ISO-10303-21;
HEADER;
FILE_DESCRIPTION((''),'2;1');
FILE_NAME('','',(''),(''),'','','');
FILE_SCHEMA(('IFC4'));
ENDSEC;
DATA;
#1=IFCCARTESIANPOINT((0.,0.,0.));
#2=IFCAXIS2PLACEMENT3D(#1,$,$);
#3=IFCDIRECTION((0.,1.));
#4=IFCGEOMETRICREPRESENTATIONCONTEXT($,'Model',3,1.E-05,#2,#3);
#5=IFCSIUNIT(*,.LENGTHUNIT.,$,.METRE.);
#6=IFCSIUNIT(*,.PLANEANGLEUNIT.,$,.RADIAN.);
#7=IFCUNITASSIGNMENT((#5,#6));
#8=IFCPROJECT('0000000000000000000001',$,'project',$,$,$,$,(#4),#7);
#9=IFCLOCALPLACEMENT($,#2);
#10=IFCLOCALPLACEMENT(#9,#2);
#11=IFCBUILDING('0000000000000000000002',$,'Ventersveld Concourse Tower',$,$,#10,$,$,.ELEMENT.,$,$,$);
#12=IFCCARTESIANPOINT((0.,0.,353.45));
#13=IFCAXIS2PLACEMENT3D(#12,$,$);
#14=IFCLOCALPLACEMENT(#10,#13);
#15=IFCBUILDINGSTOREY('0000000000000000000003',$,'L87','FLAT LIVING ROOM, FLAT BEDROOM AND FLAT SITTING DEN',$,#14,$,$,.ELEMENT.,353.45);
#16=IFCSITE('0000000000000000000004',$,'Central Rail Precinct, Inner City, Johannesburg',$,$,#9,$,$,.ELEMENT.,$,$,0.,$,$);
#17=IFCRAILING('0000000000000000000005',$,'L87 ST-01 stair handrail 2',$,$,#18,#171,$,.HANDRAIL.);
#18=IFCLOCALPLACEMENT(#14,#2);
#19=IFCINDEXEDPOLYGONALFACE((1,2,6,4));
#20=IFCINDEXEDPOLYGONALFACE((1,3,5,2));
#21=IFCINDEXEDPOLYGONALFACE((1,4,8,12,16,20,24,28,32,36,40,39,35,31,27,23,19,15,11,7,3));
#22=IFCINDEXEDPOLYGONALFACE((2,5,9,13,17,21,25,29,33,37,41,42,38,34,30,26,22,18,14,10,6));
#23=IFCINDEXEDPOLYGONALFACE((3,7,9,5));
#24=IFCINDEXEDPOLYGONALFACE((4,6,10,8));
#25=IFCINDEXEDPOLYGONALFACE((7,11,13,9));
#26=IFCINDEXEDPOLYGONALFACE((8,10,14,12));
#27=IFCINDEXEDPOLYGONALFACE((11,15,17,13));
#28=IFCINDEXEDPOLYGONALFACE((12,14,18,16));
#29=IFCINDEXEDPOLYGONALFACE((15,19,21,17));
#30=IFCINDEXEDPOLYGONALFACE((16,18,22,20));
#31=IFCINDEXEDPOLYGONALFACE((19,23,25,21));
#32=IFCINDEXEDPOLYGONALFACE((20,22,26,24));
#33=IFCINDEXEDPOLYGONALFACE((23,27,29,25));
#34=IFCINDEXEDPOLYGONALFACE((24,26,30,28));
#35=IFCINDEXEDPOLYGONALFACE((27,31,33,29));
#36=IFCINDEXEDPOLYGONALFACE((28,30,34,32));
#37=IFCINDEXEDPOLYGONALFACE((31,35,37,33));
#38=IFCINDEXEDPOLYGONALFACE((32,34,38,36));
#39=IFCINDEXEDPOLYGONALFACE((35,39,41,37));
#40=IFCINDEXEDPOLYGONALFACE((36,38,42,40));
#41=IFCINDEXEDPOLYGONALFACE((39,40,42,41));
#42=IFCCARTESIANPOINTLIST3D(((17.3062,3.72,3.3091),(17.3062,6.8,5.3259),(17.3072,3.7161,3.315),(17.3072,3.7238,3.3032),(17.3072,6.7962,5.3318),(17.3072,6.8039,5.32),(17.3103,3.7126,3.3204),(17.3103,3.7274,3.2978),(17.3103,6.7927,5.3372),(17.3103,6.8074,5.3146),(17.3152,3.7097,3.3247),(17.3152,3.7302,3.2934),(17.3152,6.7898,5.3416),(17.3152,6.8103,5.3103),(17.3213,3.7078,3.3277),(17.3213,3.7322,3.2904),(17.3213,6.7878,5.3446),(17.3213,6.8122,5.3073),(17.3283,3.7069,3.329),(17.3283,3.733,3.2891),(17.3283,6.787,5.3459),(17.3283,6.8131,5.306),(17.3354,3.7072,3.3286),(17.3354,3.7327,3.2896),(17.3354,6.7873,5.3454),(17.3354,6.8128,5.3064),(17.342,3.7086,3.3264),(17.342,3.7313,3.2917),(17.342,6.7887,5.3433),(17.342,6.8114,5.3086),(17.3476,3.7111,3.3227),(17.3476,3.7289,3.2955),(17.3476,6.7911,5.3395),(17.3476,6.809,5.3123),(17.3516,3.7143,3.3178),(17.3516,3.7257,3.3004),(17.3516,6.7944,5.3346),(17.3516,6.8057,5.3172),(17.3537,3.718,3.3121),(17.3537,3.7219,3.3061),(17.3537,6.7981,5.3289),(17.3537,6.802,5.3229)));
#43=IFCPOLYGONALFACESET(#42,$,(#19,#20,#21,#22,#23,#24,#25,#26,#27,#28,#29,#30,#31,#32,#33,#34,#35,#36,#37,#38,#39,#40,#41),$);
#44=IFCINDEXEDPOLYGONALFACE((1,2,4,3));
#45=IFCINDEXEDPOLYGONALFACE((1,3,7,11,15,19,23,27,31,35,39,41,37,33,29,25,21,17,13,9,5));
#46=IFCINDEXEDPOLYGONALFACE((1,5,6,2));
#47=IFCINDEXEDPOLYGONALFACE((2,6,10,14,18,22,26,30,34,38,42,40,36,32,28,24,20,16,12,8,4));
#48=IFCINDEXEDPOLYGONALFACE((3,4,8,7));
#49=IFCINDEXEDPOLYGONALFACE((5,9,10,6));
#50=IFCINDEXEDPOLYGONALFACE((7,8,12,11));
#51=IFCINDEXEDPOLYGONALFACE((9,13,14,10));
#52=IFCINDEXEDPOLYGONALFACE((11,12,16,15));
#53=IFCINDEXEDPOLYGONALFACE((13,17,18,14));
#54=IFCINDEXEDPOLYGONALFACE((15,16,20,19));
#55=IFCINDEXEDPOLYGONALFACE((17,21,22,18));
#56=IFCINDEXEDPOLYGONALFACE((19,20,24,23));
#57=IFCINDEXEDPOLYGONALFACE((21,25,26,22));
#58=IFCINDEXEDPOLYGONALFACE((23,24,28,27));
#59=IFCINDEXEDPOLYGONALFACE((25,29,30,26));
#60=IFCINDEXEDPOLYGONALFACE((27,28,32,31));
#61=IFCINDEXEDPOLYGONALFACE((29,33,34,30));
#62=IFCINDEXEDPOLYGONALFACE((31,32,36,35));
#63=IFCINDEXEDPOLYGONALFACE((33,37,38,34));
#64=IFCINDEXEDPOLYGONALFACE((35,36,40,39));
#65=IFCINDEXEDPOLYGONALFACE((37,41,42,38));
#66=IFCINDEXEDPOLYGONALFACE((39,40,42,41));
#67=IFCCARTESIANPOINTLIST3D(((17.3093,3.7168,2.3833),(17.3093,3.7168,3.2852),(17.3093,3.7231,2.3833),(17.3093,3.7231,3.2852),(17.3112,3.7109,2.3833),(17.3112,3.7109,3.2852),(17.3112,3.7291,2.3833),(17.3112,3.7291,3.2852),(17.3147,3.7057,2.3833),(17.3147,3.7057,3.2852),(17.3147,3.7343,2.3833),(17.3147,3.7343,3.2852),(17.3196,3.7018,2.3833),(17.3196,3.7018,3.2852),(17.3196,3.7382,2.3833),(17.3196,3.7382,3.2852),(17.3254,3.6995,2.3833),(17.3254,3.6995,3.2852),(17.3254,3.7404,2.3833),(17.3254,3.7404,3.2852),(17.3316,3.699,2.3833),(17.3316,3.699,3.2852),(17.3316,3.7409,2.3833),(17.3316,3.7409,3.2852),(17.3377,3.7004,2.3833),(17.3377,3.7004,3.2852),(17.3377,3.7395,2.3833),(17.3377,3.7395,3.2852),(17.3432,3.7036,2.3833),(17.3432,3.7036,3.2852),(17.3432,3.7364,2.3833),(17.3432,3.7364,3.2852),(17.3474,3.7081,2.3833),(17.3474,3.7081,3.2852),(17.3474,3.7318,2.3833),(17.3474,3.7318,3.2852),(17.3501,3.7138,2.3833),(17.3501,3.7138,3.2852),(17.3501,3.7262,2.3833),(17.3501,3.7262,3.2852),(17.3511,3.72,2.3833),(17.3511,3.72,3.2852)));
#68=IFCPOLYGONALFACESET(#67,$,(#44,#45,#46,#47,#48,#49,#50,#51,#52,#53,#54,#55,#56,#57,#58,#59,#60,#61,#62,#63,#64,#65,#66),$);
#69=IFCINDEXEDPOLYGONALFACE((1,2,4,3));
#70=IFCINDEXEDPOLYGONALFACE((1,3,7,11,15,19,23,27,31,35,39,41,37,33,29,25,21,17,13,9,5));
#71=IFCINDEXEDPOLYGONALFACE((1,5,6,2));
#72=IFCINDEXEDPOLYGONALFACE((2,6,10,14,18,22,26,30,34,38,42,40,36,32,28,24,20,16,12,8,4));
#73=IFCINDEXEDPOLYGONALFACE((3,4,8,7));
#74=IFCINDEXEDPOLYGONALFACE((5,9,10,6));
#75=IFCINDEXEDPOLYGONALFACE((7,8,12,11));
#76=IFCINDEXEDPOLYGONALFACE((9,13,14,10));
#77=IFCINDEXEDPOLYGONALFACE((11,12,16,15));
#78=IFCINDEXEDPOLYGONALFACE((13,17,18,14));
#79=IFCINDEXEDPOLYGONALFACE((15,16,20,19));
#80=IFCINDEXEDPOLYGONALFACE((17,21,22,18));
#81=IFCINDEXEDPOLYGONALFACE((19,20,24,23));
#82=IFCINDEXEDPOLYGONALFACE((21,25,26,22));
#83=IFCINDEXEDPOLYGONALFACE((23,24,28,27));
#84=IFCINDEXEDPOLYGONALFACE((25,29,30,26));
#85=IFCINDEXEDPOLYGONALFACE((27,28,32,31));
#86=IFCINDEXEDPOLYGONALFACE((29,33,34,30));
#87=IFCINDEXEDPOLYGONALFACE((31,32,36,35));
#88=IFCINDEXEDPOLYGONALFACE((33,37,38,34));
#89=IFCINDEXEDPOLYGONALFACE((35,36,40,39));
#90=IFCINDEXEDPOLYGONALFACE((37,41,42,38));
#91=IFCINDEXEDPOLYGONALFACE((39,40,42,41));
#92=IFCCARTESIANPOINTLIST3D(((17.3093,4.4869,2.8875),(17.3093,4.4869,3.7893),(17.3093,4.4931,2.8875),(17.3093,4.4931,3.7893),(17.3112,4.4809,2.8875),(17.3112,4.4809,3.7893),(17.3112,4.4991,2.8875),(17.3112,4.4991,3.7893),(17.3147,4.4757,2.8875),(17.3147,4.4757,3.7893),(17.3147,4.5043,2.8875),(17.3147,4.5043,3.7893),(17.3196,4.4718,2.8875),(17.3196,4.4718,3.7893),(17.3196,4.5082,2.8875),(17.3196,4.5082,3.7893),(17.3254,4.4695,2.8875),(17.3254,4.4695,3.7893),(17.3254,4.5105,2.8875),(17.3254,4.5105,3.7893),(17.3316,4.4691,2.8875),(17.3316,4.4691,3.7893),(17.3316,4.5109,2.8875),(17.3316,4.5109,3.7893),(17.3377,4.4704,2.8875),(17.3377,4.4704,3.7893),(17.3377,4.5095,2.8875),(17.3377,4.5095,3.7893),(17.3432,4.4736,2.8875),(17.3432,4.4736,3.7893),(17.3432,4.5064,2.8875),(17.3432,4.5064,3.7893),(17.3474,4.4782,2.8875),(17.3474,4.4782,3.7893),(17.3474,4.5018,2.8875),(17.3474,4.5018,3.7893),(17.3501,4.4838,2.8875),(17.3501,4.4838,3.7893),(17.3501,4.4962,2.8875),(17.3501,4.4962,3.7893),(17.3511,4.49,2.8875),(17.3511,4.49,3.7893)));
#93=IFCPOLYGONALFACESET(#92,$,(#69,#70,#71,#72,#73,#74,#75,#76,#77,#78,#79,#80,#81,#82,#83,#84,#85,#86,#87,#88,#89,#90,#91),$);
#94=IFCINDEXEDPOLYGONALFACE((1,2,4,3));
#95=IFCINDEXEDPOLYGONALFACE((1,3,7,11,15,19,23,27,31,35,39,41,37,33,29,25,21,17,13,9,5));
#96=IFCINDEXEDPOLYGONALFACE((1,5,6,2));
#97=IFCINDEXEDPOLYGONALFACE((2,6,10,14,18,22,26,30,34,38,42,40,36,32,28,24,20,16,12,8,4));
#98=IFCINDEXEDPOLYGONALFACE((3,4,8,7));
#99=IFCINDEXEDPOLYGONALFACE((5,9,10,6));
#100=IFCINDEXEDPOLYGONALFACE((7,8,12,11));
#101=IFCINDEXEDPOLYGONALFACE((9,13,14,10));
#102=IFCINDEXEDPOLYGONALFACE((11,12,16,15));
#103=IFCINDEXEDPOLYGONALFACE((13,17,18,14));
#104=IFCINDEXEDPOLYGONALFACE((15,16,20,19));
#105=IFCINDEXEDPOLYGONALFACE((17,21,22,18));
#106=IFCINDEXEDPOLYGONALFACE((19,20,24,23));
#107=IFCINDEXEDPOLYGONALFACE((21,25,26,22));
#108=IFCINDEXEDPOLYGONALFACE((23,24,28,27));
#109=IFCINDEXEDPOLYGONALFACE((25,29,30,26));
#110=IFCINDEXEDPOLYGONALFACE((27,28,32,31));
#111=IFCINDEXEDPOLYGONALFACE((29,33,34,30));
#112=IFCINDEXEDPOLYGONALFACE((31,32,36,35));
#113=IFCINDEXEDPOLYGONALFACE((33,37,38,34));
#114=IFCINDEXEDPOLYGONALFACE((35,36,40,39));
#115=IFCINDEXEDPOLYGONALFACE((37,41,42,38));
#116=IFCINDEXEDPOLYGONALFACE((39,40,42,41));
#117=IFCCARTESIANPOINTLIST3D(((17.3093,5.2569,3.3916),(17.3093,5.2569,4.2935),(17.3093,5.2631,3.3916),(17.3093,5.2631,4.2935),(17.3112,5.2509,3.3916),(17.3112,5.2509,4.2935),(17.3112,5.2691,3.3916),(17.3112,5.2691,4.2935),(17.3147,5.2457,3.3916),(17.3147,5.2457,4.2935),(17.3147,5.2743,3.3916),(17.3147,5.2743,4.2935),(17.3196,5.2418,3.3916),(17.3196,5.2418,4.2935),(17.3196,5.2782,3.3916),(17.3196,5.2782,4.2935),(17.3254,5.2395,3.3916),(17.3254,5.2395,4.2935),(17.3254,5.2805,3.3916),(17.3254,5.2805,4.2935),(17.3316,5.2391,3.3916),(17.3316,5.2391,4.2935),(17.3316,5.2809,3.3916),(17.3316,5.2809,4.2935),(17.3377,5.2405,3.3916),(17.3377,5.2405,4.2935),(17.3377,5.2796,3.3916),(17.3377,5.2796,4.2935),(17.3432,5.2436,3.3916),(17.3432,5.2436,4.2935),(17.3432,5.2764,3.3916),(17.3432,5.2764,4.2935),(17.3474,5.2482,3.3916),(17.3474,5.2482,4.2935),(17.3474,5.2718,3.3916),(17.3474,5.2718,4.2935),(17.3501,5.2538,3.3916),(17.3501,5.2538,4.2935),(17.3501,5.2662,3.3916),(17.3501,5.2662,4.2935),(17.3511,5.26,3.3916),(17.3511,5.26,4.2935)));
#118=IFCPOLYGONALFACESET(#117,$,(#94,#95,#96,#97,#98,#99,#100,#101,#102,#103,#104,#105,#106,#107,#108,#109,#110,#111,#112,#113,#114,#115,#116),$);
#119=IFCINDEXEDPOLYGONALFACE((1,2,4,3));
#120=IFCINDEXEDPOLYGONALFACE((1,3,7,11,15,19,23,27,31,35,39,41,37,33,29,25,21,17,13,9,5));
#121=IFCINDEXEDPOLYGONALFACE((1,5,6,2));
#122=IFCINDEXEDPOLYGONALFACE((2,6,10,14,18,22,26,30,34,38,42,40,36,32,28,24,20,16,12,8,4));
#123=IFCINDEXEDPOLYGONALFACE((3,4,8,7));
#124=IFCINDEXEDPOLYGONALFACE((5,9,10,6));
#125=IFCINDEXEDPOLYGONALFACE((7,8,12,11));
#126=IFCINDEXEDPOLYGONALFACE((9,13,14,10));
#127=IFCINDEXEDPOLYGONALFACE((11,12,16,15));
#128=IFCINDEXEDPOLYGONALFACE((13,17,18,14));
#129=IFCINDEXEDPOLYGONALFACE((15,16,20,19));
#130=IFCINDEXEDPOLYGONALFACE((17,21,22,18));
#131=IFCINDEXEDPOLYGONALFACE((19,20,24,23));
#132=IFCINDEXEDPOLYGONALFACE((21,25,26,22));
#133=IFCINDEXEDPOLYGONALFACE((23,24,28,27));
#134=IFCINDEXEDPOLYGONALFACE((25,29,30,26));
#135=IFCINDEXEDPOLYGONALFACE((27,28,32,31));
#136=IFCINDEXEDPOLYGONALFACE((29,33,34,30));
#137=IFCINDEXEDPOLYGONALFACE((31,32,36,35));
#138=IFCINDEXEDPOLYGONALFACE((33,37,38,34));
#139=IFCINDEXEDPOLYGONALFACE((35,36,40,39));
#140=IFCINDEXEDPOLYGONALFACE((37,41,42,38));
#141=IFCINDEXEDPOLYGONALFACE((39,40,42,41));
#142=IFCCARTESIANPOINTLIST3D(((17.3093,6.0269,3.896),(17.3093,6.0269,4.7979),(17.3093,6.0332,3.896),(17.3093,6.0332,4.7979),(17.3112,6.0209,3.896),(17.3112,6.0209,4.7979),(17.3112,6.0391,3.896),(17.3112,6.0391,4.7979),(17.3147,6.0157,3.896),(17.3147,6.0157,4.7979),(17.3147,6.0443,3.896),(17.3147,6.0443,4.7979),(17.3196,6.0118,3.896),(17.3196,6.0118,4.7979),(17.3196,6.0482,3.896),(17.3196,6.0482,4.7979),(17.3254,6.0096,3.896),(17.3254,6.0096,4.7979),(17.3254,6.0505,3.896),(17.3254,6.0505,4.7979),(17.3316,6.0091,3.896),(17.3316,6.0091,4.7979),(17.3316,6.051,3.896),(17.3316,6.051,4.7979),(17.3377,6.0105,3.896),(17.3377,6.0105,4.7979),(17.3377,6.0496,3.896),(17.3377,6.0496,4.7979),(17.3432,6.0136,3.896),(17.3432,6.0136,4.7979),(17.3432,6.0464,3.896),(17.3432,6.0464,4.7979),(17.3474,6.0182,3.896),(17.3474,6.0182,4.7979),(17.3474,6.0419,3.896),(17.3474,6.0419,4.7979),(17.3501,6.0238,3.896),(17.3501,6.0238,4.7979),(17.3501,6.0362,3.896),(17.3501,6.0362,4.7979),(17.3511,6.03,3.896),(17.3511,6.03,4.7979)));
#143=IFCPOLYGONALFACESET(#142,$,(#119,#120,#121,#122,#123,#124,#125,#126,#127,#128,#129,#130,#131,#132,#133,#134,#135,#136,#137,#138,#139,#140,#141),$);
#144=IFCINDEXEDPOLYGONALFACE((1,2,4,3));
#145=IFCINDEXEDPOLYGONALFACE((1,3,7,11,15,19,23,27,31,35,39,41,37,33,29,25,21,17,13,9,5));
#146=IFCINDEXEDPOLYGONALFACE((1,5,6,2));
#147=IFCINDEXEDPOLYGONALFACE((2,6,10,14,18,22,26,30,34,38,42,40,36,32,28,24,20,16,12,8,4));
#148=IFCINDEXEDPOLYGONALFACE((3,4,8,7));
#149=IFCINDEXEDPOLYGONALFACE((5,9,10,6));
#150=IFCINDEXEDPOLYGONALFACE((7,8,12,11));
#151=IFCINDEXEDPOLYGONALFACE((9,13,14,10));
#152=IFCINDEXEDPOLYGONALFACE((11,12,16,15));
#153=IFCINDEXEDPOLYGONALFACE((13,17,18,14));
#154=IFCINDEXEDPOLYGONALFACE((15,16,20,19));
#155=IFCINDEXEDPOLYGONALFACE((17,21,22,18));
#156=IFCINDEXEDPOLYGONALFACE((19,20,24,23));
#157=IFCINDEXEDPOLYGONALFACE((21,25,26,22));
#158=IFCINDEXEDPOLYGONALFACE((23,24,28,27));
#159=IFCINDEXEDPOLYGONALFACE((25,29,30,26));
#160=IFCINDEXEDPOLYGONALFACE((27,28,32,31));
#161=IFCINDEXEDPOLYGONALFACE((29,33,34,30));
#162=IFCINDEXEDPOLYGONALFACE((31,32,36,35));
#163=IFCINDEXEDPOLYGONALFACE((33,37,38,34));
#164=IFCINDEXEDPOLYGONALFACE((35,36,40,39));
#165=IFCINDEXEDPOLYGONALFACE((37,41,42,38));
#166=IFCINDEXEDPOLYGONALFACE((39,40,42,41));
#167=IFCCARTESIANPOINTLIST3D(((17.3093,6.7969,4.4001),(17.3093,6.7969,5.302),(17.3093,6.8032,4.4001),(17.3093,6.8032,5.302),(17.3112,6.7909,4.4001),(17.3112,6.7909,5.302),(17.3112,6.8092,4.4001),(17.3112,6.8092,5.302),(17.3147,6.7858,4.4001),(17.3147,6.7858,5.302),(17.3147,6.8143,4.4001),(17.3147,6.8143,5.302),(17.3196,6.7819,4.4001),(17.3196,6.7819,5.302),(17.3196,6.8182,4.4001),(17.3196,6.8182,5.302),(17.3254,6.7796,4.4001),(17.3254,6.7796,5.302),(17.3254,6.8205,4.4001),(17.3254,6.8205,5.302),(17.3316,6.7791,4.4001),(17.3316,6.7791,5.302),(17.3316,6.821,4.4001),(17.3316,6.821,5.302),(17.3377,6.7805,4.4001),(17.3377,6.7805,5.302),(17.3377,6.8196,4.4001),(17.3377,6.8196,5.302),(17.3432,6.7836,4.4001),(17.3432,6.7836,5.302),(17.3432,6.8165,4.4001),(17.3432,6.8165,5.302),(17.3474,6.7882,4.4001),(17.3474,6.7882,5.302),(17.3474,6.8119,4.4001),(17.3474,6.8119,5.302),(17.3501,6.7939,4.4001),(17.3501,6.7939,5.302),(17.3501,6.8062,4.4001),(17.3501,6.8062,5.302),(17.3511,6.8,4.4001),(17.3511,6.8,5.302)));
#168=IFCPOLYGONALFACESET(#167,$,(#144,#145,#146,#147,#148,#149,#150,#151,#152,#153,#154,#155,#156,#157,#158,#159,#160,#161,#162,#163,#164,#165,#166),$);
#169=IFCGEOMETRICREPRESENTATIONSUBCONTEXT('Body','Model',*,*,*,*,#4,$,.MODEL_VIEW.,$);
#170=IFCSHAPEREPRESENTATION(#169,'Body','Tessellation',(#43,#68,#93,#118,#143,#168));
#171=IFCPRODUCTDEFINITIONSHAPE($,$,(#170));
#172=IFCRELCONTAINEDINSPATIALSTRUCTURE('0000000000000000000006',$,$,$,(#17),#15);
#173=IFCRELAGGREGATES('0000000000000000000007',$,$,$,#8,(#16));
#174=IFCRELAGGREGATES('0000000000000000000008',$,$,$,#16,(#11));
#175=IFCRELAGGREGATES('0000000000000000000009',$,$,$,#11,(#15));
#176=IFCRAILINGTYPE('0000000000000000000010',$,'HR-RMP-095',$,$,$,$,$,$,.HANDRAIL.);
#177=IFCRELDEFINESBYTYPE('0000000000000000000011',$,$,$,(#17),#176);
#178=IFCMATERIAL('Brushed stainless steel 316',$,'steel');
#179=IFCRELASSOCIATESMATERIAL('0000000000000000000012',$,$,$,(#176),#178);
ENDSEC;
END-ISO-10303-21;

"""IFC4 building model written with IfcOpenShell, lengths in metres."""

from ifc_helpers import new_model, si_unit, direction, frame, origin, origin_2d, place, context, subcontext, project, spatial, circle, extrude, material, type_object, element, save


model = new_model("IFC4")

# Units and contexts
model_context = context("Model", 3, precision=1e-05, world=origin(), true_north=direction((0.0, 1.0)))
body_context = subcontext(model_context, "Body", "Model", "MODEL_VIEW")
ifc_project = project(units=[si_unit("LENGTHUNIT", "METRE"), si_unit("PLANEANGLEUNIT", "RADIAN")], contexts=[model_context])

# Site, building, storey
site_placement = place(None, origin())
site = spatial("IfcSite", under=ifc_project, at=site_placement, Name="Central Rail Precinct, Inner City, Johannesburg", CompositionType="ELEMENT", RefElevation=0.0)
building_placement = place(site_placement, origin())
building = spatial("IfcBuilding", under=site, at=building_placement, Name="Ventersveld Concourse Tower", CompositionType="ELEMENT")
storey_placement = place(building_placement, frame((0.0, 0.0, 353.45)))
storey = spatial("IfcBuildingStorey", under=building, at=storey_placement, Name="L87", Description="FLAT LIVING ROOM, FLAT BEDROOM AND FLAT SITTING DEN", CompositionType="ELEMENT", Elevation=353.45)

# Shared definitions
ifc_material_1 = material(Name="Brushed stainless steel 316", Category="steel")

# Railing
railing_type_1 = type_object("IfcRailingType", Name="HR-RMP-095", PredefinedType="HANDRAIL", material=ifc_material_1)
railing_1_placement = place(storey_placement, frame((17.3301, 3.72, 2.3833)))
element("IfcRailing", 1, at=railing_1_placement, inside=storey, type_object=railing_type_1, Name="L87 ST-01 stair handrail 2", PredefinedType="HANDRAIL", context=body_context, shape_type="SweptSolid", body=[
    extrude(circle(Radius=0.0239, at=origin_2d()), frame((0.0, 0.0, 0.9258), z_axis=(0.0, 0.836603, 0.54781), x_axis=(-1.0, 0.0, 0.0)), (0.0, 0.0, 1.0), 3.6816),
    extrude(circle(Radius=0.021, at=origin_2d()), origin(), (0.0, 0.0, 1.0), 0.9019),
    extrude(circle(Radius=0.021, at=origin_2d()), frame((0.0, 0.77, 0.5042)), (0.0, 0.0, 1.0), 0.9019),
    extrude(circle(Radius=0.021, at=origin_2d()), frame((0.0, 1.54, 1.0083)), (0.0, 0.0, 1.0), 0.9019),
    extrude(circle(Radius=0.021, at=origin_2d()), frame((0.0, 2.3101, 1.5127)), (0.0, 0.0, 1.0), 0.9019),
    extrude(circle(Radius=0.021, at=origin_2d()), frame((0.0, 3.0801, 2.0168)), (0.0, 0.0, 1.0), 0.9019),
])

save(model, "model.ifc")
